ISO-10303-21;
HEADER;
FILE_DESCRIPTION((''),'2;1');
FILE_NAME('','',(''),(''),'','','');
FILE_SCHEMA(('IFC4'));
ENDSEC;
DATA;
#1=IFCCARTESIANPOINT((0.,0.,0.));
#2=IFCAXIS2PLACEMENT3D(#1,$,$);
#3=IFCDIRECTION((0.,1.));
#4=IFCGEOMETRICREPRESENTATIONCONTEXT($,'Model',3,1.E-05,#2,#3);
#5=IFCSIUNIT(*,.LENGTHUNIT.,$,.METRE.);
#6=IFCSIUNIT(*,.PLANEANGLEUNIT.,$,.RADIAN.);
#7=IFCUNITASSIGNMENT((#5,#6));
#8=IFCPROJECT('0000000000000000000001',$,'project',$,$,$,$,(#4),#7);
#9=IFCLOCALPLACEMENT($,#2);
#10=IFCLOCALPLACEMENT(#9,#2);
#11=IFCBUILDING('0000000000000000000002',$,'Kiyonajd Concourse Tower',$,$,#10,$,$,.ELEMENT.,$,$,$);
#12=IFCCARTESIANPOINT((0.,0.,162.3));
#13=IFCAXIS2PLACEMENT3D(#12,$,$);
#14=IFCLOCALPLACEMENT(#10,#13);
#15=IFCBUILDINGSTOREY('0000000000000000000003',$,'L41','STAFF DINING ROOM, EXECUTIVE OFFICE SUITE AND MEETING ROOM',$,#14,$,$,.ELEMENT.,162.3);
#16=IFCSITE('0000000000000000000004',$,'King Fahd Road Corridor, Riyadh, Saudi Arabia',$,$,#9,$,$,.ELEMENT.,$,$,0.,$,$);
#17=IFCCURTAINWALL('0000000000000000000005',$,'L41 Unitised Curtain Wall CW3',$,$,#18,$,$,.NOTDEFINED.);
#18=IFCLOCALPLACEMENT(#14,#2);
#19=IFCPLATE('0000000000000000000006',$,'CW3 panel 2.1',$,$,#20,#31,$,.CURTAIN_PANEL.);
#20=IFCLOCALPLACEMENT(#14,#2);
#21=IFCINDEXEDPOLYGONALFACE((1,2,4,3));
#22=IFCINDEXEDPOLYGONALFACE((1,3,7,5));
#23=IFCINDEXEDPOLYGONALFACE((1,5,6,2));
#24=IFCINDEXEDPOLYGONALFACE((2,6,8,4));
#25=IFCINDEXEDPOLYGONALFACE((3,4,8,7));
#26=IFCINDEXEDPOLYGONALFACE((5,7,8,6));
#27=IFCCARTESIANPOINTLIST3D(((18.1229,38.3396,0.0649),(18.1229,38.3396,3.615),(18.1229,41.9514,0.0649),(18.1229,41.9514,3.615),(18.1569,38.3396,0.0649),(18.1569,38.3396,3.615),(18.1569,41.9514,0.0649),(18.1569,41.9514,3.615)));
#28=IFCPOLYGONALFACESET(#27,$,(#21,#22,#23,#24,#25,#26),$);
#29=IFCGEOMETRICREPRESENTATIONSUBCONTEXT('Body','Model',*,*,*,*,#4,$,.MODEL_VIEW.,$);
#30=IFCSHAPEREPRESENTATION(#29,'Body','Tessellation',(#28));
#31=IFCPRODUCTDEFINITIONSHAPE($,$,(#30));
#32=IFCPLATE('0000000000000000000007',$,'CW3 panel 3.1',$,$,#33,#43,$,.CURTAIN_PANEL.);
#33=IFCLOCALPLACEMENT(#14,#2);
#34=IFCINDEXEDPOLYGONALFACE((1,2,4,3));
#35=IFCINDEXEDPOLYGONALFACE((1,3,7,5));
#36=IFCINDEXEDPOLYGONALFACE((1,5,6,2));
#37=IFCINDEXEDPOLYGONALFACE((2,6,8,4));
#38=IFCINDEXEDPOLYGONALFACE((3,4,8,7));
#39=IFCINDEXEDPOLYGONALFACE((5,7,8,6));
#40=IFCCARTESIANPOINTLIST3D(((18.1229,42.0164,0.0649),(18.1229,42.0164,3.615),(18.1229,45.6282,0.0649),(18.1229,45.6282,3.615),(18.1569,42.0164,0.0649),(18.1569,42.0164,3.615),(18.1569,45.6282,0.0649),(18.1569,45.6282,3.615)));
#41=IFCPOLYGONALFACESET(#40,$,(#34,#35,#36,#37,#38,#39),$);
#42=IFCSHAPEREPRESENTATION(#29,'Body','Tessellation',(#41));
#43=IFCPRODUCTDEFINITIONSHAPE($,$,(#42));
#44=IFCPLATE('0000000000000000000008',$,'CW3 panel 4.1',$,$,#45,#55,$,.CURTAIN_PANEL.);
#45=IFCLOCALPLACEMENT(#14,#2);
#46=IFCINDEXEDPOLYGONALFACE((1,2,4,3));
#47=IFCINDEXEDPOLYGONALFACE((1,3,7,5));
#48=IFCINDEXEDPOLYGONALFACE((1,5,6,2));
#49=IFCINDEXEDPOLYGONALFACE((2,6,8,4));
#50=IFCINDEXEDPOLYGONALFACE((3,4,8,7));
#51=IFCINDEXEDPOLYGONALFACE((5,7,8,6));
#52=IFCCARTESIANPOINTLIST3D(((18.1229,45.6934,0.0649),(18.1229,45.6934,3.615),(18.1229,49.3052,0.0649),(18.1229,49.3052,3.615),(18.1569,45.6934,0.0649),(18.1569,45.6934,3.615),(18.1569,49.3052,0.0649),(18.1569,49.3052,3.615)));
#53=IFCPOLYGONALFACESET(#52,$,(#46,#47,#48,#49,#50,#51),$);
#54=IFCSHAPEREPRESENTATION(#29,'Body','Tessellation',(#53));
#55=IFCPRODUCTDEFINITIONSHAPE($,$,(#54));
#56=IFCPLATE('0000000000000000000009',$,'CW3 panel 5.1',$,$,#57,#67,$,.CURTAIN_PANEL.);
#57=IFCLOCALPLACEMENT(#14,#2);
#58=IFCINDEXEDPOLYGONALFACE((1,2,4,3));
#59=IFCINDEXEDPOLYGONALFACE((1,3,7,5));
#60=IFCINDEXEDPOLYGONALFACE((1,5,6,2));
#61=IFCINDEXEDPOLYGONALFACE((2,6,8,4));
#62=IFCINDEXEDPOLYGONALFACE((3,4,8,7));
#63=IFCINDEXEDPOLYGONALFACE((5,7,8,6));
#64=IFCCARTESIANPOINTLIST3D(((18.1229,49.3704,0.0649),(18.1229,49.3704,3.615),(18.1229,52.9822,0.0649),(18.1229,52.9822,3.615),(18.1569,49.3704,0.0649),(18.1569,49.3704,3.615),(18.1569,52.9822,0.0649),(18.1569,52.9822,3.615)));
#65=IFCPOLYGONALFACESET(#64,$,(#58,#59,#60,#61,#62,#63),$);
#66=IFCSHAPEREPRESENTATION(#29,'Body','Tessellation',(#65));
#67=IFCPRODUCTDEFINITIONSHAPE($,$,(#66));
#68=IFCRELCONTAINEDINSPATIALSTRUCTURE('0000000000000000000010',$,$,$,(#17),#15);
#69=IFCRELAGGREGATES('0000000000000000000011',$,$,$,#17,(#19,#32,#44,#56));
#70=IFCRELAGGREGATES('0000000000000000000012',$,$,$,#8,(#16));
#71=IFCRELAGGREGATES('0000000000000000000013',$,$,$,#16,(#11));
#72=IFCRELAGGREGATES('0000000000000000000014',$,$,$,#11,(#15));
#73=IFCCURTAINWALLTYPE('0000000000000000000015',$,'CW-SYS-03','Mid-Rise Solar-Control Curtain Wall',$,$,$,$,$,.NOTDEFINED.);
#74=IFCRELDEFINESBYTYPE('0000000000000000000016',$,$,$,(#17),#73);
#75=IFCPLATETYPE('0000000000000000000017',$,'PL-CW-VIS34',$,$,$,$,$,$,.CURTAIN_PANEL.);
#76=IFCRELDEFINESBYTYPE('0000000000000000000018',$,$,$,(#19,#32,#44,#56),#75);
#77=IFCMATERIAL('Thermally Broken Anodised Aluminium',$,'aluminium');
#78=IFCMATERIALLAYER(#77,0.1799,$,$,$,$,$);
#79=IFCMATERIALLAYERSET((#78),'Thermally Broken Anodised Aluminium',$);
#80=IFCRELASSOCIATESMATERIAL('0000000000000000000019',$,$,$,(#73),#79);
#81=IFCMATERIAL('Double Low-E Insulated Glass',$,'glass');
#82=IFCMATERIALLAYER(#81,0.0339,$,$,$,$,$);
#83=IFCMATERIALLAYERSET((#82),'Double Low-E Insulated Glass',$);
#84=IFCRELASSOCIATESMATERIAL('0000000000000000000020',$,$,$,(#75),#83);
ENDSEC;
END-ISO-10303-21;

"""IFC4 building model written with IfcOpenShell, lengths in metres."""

from ifc_helpers import new_model, si_unit, direction, frame, origin, origin_2d, place, context, subcontext, project, spatial, rectangle, extrude, material, layer, layer_set, type_object, element, aggregate, save


model = new_model("IFC4")

# Units and contexts
model_context = context("Model", 3, precision=1e-05, world=origin(), true_north=direction((0.0, 1.0)))
body_context = subcontext(model_context, "Body", "Model", "MODEL_VIEW")
ifc_project = project(units=[si_unit("LENGTHUNIT", "METRE"), si_unit("PLANEANGLEUNIT", "RADIAN")], contexts=[model_context])

# Site, building, storey
site_placement = place(None, origin())
site = spatial("IfcSite", under=ifc_project, at=site_placement, Name="King Fahd Road Corridor, Riyadh, Saudi Arabia", CompositionType="ELEMENT", RefElevation=0.0)
building_placement = place(site_placement, origin())
building = spatial("IfcBuilding", under=site, at=building_placement, Name="Kiyonajd Concourse Tower", CompositionType="ELEMENT")
storey_placement = place(building_placement, frame((0.0, 0.0, 162.3)))
storey = spatial("IfcBuildingStorey", under=building, at=storey_placement, Name="L41", Description="STAFF DINING ROOM, EXECUTIVE OFFICE SUITE AND MEETING ROOM", CompositionType="ELEMENT", Elevation=162.3)

# Curtain wall, plates
ifc_material_1 = material(Name="Thermally Broken Anodised Aluminium", Category="aluminium")
ifc_layer_1 = layer(ifc_material_1, 0.1799)
ifc_layer_set_1 = layer_set([ifc_layer_1], Name="Thermally Broken Anodised Aluminium")
curtain_wall_type = type_object("IfcCurtainWallType", Name="CW-SYS-03", Description="Mid-Rise Solar-Control Curtain Wall", PredefinedType="NOTDEFINED", material=ifc_layer_set_1)
curtain_wall_placement = place(storey_placement, origin())
curtain_wall = element("IfcCurtainWall", 1, at=curtain_wall_placement, inside=storey, type_object=curtain_wall_type, Name="L41 Unitised Curtain Wall CW3", PredefinedType="NOTDEFINED")
ifc_material_2 = material(Name="Double Low-E Insulated Glass", Category="glass")
ifc_layer_2 = layer(ifc_material_2, 0.0339)
ifc_layer_set_2 = layer_set([ifc_layer_2], Name="Double Low-E Insulated Glass")
plate_type = type_object("IfcPlateType", Name="PL-CW-VIS34", PredefinedType="CURTAIN_PANEL", material=ifc_layer_set_2)
plate_1_placement = place(storey_placement, frame((18.1399, 40.1455, 0.0649), z_axis=(0.0, 0.0, 1.0), x_axis=(0.0, 1.0, 0.0)))
plate_1 = element("IfcPlate", 2, at=plate_1_placement, type_object=plate_type, Name="CW3 panel 2.1", PredefinedType="CURTAIN_PANEL", context=body_context, shape_type="SweptSolid", body=[
    extrude(rectangle(XDim=3.6118, YDim=0.0339, at=origin_2d()), origin(), (0.0, 0.0, 1.0), 3.55),
])
plate_2_placement = place(storey_placement, frame((18.1399, 43.8223, 0.0649), z_axis=(0.0, 0.0, 1.0), x_axis=(0.0, 1.0, 0.0)))
plate_2 = element("IfcPlate", 3, at=plate_2_placement, type_object=plate_type, Name="CW3 panel 3.1", PredefinedType="CURTAIN_PANEL", context=body_context, shape_type="SweptSolid", body=[
    extrude(rectangle(XDim=3.6118, YDim=0.0339, at=origin_2d()), origin(), (0.0, 0.0, 1.0), 3.55),
])
plate_3_placement = place(storey_placement, frame((18.1399, 47.4993, 0.0649), z_axis=(0.0, 0.0, 1.0), x_axis=(0.0, 1.0, 0.0)))
plate_3 = element("IfcPlate", 4, at=plate_3_placement, type_object=plate_type, Name="CW3 panel 4.1", PredefinedType="CURTAIN_PANEL", context=body_context, shape_type="SweptSolid", body=[
    extrude(rectangle(XDim=3.6118, YDim=0.0339, at=origin_2d()), origin(), (0.0, 0.0, 1.0), 3.55),
])
plate_4_placement = place(storey_placement, frame((18.1399, 51.1763, 0.0649), z_axis=(0.0, 0.0, 1.0), x_axis=(0.0, 1.0, 0.0)))
plate_4 = element("IfcPlate", 5, at=plate_4_placement, type_object=plate_type, Name="CW3 panel 5.1", PredefinedType="CURTAIN_PANEL", context=body_context, shape_type="SweptSolid", body=[
    extrude(rectangle(XDim=3.6118, YDim=0.0339, at=origin_2d()), origin(), (0.0, 0.0, 1.0), 3.55),
])
aggregate(curtain_wall, [plate_1, plate_2, plate_3, plate_4])

save(model, "model.ifc")
